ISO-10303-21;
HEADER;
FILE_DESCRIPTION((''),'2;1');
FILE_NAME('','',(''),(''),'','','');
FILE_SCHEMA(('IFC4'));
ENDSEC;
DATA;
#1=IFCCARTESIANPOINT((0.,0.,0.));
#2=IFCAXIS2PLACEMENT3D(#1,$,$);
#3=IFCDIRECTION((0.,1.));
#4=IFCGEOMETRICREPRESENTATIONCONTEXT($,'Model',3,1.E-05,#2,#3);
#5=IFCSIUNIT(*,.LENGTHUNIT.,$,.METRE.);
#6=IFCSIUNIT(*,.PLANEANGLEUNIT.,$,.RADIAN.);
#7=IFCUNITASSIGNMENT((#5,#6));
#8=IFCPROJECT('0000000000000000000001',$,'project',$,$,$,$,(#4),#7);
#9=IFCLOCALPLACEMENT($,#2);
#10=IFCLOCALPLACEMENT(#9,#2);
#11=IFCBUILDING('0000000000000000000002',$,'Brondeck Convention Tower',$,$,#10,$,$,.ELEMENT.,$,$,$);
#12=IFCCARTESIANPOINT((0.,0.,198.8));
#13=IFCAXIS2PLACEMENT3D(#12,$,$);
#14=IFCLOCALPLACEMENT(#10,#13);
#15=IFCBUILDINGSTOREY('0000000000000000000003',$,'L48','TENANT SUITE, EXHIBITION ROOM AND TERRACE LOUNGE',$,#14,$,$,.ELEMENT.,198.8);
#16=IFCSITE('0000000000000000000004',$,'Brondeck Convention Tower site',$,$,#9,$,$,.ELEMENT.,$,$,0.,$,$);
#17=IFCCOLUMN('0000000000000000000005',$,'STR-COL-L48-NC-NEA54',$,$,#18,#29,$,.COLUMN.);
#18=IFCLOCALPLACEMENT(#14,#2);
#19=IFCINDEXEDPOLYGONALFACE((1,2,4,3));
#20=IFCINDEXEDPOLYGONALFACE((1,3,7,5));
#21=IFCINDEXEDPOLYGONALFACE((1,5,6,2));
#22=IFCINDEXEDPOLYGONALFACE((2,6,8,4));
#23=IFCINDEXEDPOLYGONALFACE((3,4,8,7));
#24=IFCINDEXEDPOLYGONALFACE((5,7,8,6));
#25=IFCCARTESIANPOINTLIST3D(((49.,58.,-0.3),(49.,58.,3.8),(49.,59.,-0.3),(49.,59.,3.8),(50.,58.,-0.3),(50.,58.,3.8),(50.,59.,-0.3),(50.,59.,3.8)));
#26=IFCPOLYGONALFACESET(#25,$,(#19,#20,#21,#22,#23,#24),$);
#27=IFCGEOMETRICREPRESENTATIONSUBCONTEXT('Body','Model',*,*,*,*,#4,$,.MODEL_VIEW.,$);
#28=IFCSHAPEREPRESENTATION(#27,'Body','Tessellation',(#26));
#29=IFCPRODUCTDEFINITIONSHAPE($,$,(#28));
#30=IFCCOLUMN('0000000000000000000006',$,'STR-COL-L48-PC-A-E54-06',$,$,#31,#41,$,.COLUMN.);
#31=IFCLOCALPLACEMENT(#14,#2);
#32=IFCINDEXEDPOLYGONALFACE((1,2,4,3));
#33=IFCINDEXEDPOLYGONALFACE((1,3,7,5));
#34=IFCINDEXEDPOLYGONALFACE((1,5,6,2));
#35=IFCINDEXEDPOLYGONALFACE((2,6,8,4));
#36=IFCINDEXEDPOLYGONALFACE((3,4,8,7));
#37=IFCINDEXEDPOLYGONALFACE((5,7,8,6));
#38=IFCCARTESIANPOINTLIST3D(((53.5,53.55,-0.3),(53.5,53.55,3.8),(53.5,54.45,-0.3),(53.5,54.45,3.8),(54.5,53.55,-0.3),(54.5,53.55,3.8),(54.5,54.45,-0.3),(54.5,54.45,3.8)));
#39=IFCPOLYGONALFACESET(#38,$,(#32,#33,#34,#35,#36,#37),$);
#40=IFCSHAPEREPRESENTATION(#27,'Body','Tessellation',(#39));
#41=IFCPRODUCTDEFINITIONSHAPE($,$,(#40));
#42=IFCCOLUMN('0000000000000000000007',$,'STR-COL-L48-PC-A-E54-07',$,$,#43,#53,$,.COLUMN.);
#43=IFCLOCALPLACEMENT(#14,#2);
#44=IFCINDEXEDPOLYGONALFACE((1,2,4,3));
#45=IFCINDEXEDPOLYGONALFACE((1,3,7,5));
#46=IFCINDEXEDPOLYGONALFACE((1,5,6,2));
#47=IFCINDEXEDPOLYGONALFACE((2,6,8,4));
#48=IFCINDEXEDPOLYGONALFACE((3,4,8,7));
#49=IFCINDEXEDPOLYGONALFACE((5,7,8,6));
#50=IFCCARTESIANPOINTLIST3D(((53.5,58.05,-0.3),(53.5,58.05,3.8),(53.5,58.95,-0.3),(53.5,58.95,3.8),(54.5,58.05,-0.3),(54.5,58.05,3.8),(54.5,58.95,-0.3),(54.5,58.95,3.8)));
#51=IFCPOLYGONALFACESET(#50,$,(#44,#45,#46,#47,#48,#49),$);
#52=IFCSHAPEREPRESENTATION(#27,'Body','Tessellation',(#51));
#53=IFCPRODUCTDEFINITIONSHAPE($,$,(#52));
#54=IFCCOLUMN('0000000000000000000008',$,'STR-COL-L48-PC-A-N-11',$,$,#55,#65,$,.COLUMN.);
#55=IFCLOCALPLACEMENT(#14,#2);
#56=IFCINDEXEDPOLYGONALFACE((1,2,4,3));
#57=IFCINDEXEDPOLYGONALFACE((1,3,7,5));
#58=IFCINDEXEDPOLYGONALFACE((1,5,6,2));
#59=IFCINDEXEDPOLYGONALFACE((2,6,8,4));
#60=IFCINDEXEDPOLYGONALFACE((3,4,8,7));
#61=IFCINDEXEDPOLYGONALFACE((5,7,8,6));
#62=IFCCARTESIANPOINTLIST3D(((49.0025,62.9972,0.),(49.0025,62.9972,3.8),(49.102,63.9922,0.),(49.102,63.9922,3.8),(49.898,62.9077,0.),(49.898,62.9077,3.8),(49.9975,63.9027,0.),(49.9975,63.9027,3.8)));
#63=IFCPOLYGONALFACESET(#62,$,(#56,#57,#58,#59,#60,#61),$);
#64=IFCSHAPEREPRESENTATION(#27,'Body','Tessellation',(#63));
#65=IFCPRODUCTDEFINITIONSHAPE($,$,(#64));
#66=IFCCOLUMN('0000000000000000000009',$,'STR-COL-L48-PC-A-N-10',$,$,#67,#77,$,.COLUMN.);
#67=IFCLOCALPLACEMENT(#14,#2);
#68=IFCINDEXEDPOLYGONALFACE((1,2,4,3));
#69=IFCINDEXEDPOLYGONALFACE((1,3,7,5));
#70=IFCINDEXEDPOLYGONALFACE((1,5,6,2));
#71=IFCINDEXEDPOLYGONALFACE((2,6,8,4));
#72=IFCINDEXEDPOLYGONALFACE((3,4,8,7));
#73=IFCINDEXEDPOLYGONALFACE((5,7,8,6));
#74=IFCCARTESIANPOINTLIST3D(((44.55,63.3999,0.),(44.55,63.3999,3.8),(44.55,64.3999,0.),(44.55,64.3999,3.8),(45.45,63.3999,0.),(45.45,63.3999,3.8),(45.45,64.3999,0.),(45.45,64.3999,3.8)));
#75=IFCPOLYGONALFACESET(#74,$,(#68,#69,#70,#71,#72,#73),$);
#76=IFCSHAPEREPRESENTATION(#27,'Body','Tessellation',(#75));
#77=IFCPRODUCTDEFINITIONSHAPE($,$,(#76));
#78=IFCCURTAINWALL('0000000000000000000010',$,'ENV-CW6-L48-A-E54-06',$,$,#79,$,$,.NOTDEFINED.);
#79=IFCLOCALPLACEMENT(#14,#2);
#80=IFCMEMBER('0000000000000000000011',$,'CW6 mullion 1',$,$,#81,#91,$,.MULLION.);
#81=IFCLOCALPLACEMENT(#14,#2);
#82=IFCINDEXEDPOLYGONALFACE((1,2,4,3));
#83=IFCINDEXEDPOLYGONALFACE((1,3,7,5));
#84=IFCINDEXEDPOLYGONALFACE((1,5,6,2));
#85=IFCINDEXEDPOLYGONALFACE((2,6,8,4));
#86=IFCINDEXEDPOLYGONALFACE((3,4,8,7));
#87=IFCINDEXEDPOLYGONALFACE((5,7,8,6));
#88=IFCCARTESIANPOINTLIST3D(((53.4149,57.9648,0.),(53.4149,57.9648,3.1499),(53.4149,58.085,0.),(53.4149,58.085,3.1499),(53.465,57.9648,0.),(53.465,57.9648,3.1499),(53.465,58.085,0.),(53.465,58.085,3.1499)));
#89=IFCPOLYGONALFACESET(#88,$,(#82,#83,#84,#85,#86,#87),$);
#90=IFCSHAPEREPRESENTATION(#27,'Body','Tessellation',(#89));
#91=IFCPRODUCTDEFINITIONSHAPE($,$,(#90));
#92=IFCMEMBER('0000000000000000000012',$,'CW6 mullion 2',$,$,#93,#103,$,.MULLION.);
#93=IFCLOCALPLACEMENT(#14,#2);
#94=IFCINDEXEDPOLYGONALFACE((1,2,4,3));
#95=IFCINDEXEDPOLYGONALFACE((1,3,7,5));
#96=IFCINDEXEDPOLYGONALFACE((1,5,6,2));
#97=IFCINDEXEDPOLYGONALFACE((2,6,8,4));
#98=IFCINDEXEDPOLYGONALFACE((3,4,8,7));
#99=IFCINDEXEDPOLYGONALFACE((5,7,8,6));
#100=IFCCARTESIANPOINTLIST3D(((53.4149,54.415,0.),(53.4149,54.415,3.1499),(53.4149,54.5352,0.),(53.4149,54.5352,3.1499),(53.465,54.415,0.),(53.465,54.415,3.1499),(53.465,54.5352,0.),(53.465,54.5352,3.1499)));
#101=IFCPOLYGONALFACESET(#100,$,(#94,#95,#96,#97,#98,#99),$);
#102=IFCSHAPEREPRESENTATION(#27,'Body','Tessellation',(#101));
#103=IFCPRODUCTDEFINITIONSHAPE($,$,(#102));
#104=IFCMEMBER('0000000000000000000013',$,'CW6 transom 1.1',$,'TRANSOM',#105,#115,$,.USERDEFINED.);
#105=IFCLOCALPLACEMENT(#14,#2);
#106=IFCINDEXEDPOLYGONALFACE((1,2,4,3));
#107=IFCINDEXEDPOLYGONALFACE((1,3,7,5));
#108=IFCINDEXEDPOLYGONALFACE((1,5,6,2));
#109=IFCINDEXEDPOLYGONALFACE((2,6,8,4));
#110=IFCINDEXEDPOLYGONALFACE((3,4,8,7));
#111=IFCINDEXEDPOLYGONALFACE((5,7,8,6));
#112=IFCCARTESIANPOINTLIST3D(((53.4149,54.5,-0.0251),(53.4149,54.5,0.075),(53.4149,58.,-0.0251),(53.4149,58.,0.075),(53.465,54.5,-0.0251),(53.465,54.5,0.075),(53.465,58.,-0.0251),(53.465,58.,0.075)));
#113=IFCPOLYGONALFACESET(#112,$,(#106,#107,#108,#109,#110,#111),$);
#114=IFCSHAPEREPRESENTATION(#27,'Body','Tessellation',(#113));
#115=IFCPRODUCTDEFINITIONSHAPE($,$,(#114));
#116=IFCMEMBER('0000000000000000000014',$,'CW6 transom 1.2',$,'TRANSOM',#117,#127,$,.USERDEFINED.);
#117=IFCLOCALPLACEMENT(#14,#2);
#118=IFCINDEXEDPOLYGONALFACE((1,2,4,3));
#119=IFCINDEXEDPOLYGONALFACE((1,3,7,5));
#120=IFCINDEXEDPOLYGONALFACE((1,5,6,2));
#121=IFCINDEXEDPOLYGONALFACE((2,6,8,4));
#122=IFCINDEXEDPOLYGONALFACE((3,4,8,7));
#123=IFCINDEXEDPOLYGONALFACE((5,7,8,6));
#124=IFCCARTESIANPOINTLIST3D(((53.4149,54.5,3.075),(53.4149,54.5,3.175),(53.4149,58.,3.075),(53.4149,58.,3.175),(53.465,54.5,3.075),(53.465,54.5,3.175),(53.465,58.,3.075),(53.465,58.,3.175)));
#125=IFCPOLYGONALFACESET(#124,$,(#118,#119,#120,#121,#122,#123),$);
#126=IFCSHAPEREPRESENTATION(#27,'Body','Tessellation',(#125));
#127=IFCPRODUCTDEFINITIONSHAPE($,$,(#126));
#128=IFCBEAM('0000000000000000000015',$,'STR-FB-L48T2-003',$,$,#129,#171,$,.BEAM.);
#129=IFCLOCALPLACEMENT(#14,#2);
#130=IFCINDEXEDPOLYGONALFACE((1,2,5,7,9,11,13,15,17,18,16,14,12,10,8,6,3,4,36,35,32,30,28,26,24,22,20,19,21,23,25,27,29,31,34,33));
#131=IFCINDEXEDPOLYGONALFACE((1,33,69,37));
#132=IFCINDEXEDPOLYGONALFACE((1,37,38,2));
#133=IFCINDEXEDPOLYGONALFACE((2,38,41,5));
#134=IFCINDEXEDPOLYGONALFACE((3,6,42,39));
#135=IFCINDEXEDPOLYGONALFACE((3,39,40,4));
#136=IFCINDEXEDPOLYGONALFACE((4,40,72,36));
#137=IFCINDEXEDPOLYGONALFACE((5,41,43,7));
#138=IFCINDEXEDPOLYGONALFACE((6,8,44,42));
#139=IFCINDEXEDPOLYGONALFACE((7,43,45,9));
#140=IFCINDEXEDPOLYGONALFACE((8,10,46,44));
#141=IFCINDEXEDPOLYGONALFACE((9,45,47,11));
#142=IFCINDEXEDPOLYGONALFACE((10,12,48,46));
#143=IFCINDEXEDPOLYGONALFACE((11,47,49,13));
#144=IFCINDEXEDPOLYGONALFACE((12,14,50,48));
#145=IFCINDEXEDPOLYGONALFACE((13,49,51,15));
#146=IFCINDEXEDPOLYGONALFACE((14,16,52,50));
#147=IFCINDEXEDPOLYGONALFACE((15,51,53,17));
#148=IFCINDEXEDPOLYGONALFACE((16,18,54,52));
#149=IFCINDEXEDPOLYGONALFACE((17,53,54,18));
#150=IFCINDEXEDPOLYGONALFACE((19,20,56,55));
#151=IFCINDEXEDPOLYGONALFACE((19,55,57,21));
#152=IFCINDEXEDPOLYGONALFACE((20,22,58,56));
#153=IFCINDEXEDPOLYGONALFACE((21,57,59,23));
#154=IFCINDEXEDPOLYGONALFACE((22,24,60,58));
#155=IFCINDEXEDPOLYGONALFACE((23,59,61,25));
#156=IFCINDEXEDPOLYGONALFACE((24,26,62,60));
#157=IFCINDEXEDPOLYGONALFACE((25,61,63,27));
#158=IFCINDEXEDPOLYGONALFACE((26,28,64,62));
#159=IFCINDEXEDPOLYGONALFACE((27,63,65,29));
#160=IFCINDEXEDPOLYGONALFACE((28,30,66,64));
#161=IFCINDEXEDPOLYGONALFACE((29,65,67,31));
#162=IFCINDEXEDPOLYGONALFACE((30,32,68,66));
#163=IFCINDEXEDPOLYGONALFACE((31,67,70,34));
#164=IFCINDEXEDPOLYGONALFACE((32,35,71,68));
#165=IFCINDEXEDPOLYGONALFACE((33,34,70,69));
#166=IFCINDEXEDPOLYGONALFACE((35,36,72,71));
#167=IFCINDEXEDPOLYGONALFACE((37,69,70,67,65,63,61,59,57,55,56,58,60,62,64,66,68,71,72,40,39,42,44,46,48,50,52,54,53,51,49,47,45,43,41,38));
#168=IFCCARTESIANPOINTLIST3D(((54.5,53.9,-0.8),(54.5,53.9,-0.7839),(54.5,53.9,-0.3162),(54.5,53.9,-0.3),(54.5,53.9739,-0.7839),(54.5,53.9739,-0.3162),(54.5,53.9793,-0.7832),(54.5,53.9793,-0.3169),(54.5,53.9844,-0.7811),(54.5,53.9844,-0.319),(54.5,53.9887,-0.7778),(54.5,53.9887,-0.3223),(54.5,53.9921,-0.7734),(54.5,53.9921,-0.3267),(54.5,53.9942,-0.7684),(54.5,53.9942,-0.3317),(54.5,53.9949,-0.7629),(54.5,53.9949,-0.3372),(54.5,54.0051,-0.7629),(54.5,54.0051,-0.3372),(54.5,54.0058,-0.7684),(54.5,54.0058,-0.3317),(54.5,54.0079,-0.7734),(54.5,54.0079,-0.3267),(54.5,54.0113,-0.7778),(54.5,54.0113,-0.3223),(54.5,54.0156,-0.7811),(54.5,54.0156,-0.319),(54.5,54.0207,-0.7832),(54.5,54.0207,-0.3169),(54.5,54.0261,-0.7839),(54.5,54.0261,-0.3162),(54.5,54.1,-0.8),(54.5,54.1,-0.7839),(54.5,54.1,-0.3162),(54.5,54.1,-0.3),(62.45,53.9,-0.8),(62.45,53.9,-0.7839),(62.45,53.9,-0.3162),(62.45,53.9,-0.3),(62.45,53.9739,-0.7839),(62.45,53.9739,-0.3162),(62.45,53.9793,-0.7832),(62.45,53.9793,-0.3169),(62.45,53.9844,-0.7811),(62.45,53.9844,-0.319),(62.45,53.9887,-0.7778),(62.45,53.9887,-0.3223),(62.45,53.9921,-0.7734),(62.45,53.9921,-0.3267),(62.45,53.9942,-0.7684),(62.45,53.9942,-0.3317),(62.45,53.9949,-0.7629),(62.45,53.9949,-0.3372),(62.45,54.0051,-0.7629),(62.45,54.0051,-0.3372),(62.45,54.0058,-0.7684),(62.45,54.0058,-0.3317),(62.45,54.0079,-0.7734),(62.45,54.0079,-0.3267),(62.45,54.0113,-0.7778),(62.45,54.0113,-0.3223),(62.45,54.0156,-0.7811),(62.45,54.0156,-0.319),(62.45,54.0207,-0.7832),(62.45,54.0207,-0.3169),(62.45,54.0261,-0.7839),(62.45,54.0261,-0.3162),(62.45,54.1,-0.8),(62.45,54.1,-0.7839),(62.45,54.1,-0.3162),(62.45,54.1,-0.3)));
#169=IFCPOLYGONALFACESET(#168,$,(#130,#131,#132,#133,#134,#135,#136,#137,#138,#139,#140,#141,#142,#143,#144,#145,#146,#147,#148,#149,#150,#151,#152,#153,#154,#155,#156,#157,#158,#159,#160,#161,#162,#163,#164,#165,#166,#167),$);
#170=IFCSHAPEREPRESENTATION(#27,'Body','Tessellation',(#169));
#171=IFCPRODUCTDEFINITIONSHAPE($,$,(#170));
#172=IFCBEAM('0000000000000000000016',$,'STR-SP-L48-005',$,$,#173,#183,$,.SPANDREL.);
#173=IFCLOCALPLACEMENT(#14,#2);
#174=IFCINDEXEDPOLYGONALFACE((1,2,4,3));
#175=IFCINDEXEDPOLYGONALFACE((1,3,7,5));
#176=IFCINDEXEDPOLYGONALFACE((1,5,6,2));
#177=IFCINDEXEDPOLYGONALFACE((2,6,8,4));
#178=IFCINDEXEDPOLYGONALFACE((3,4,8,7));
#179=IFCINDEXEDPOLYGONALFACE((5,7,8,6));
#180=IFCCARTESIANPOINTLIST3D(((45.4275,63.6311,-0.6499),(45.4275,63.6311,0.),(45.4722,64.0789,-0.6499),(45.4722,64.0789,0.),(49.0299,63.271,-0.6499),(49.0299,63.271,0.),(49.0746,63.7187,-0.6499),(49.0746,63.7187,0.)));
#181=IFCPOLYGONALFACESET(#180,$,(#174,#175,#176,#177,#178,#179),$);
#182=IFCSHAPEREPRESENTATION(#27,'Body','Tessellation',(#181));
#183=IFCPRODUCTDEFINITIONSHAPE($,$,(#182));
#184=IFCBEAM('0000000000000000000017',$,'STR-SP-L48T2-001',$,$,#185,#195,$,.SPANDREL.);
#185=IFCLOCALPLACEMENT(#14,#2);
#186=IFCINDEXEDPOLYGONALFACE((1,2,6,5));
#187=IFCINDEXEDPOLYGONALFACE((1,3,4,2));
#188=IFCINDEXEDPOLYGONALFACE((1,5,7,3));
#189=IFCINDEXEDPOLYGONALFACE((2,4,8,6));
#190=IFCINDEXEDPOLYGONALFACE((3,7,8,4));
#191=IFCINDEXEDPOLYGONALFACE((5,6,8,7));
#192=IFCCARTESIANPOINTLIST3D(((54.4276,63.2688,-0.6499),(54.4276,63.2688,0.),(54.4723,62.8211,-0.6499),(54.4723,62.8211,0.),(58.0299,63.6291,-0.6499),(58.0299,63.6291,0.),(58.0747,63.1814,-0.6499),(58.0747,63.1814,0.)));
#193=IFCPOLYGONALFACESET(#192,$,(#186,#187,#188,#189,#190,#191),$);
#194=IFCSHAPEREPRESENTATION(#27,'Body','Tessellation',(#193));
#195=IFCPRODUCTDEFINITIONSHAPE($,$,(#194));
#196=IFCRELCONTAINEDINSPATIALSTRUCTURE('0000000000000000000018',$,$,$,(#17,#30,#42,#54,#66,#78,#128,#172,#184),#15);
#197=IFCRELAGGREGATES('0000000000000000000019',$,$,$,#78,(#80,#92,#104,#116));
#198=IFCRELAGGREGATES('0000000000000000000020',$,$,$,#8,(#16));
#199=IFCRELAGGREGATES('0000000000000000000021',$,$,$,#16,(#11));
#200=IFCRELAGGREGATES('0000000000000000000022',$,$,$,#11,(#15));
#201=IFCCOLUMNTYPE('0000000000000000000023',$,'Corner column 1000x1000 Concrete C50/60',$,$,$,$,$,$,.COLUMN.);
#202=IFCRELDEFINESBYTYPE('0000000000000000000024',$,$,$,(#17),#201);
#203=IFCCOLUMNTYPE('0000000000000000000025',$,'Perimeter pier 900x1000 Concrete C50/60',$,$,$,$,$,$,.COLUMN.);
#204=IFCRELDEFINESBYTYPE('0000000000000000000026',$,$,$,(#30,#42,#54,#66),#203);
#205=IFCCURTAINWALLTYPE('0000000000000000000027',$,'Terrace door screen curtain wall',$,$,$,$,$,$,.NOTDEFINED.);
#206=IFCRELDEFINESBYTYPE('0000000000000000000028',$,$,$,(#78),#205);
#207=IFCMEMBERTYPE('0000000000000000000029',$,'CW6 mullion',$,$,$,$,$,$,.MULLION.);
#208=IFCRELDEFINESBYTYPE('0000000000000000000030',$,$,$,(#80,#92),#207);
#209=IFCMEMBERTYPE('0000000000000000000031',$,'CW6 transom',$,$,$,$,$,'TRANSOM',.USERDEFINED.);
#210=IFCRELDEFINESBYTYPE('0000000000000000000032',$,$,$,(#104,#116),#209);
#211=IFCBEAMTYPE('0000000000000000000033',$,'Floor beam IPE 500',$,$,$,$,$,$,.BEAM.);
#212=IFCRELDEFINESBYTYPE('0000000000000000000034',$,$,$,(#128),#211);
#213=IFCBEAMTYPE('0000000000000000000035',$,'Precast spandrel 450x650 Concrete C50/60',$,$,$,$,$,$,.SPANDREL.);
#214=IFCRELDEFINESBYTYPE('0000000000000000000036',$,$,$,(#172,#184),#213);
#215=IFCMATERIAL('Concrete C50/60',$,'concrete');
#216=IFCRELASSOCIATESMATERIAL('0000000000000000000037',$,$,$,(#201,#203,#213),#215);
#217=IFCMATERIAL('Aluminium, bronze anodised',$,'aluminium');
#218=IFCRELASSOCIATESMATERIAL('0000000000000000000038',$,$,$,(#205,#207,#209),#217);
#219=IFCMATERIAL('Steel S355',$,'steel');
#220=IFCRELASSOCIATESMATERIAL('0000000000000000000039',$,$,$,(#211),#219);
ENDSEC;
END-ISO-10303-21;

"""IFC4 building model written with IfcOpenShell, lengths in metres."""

from ifc_helpers import new_model, si_unit, direction, frame, origin, origin_2d, place, context, subcontext, project, spatial, rectangle, i_section, extrude, material, material_profile, profile_set, type_object, element, aggregate, save


model = new_model("IFC4")

# Units and contexts
model_context = context("Model", 3, precision=1e-05, world=origin(), true_north=direction((0.0, 1.0)))
body_context = subcontext(model_context, "Body", "Model", "MODEL_VIEW")
ifc_project = project(units=[si_unit("LENGTHUNIT", "METRE"), si_unit("PLANEANGLEUNIT", "RADIAN")], contexts=[model_context])

# Site, building, storey
site_placement = place(None, origin())
site = spatial("IfcSite", under=ifc_project, at=site_placement, Name="Brondeck Convention Tower site", CompositionType="ELEMENT", RefElevation=0.0)
building_placement = place(site_placement, origin())
building = spatial("IfcBuilding", under=site, at=building_placement, Name="Brondeck Convention Tower", CompositionType="ELEMENT")
storey_placement = place(building_placement, frame((0.0, 0.0, 198.8)))
storey = spatial("IfcBuildingStorey", under=building, at=storey_placement, Name="L48", Description="TENANT SUITE, EXHIBITION ROOM AND TERRACE LOUNGE", CompositionType="ELEMENT", Elevation=198.8)

# Columns
ifc_material_1 = material(Name="Concrete C50/60", Category="concrete")
ifc_material_profile_1 = material_profile(ifc_material_1, rectangle(XDim=1.0, YDim=1.0, at=origin_2d()), Name="Corner column 1000x1000 Concrete C50/60")
ifc_profile_set_1 = profile_set([ifc_material_profile_1], Name="Concrete C50/60")
column_type_1 = type_object("IfcColumnType", Name="Corner column 1000x1000 Concrete C50/60", PredefinedType="COLUMN", material=ifc_profile_set_1)
column_placement = place(storey_placement, frame((49.5, 58.5, -0.3), z_axis=(0.0, 0.0, 1.0), x_axis=(1.0, 0.0, 0.0)))
element("IfcColumn", 1, at=column_placement, inside=storey, type_object=column_type_1, Name="STR-COL-L48-NC-NEA54", PredefinedType="COLUMN", context=body_context, shape_type="SweptSolid", body=[
    extrude(rectangle(XDim=1.0, YDim=1.0, at=origin_2d()), origin(), (0.0, 0.0, 1.0), 4.1001),
])
ifc_material_profile_2 = material_profile(ifc_material_1, rectangle(XDim=0.8999, YDim=1.0, at=origin_2d()), Name="Perimeter pier 900x1000 Concrete C50/60")
ifc_profile_set_2 = profile_set([ifc_material_profile_2], Name="Concrete C50/60")
column_type_2 = type_object("IfcColumnType", Name="Perimeter pier 900x1000 Concrete C50/60", PredefinedType="COLUMN", material=ifc_profile_set_2)
for number, where, z_axis, x_axis, name in (
    (2, (54.0, 54.0, -0.3), (0.0, 0.0, 1.0), (0.0, 1.0, 0.0), "STR-COL-L48-PC-A-E54-06"),
    (3, (54.0, 58.5, -0.3), (0.0, 0.0, 1.0), (0.0, 1.0, 0.0), "STR-COL-L48-PC-A-E54-07"),
):
    element("IfcColumn", number, at=place(storey_placement, frame(where, z_axis=z_axis, x_axis=x_axis)), inside=storey, type_object=column_type_2, Name=name, PredefinedType="COLUMN", context=body_context, shape_type="SweptSolid", body=[
        extrude(rectangle(XDim=0.8999, YDim=1.0, at=origin_2d()), origin(), (0.0, 0.0, 1.0), 4.1001),
    ])
for number, where, z_axis, x_axis, name in (
    (4, (49.5, 63.45, 0.0), (0.0, 0.0, 1.0), (-0.995037, 0.099504, 0.0), "STR-COL-L48-PC-A-N-11"),
    (5, (45.0, 63.8999, 0.0), (0.0, 0.0, 1.0), (-1.0, 0.0, 0.0), "STR-COL-L48-PC-A-N-10"),
):
    element("IfcColumn", number, at=place(storey_placement, frame(where, z_axis=z_axis, x_axis=x_axis)), inside=storey, type_object=column_type_2, Name=name, PredefinedType="COLUMN", context=body_context, shape_type="SweptSolid", body=[
        extrude(rectangle(XDim=0.8999, YDim=1.0, at=origin_2d()), origin(), (0.0, 0.0, 1.0), 3.8),
    ])

# Curtain wall, members
ifc_material_2 = material(Name="Aluminium, bronze anodised", Category="aluminium")
curtain_wall_type = type_object("IfcCurtainWallType", Name="Terrace door screen curtain wall", PredefinedType="NOTDEFINED", material=ifc_material_2)
curtain_wall_placement = place(storey_placement, origin())
curtain_wall = element("IfcCurtainWall", 6, at=curtain_wall_placement, inside=storey, type_object=curtain_wall_type, Name="ENV-CW6-L48-A-E54-06", PredefinedType="NOTDEFINED")
ifc_material_profile_3 = material_profile(ifc_material_2, rectangle(XDim=0.05, YDim=0.1201, at=origin_2d()), Name="CW6 mullion")
ifc_profile_set_3 = profile_set([ifc_material_profile_3], Name="Aluminium, bronze anodised")
member_type_1 = type_object("IfcMemberType", Name="CW6 mullion", PredefinedType="MULLION", material=ifc_profile_set_3)
member_1_placement = place(storey_placement, frame((53.4399, 58.0249, 0.0), z_axis=(0.0, 0.0, 1.0), x_axis=(1.0, 0.0, 0.0)))
member_1 = element("IfcMember", 7, at=member_1_placement, type_object=member_type_1, Name="CW6 mullion 1", PredefinedType="MULLION", context=body_context, shape_type="SweptSolid", body=[
    extrude(rectangle(XDim=0.05, YDim=0.1201, at=origin_2d()), origin(), (0.0, 0.0, 1.0), 3.1499),
])
member_2_placement = place(storey_placement, frame((53.4399, 54.4751, 0.0), z_axis=(0.0, 0.0, 1.0), x_axis=(1.0, 0.0, 0.0)))
member_2 = element("IfcMember", 8, at=member_2_placement, type_object=member_type_1, Name="CW6 mullion 2", PredefinedType="MULLION", context=body_context, shape_type="SweptSolid", body=[
    extrude(rectangle(XDim=0.05, YDim=0.1201, at=origin_2d()), origin(), (0.0, 0.0, 1.0), 3.1499),
])
ifc_material_profile_4 = material_profile(ifc_material_2, rectangle(XDim=0.05, YDim=0.1001, at=origin_2d()), Name="CW6 transom")
ifc_profile_set_4 = profile_set([ifc_material_profile_4], Name="Aluminium, bronze anodised")
member_type_2 = type_object("IfcMemberType", Name="CW6 transom", ElementType="TRANSOM", PredefinedType="USERDEFINED", material=ifc_profile_set_4)
member_3_placement = place(storey_placement, frame((53.4399, 58.0, 0.0249), z_axis=(0.0, -1.0, 0.0), x_axis=(1.0, 0.0, 0.0)))
member_3 = element("IfcMember", 9, at=member_3_placement, type_object=member_type_2, Name="CW6 transom 1.1", ObjectType="TRANSOM", PredefinedType="USERDEFINED", context=body_context, shape_type="SweptSolid", body=[
    extrude(rectangle(XDim=0.05, YDim=0.1001, at=origin_2d()), origin(), (0.0, 0.0, 1.0), 3.5),
])
member_4_placement = place(storey_placement, frame((53.4399, 58.0, 3.125), z_axis=(0.0, -1.0, 0.0), x_axis=(1.0, 0.0, 0.0)))
member_4 = element("IfcMember", 10, at=member_4_placement, type_object=member_type_2, Name="CW6 transom 1.2", ObjectType="TRANSOM", PredefinedType="USERDEFINED", context=body_context, shape_type="SweptSolid", body=[
    extrude(rectangle(XDim=0.05, YDim=0.1001, at=origin_2d()), origin(), (0.0, 0.0, 1.0), 3.5),
])

# Beams
ifc_material_3 = material(Name="Steel S355", Category="steel")
ifc_material_profile_5 = material_profile(ifc_material_3, i_section(OverallWidth=0.2, OverallDepth=0.5, WebThickness=0.0103, FlangeThickness=0.0161, FilletRadius=0.021, at=origin_2d()), Name="IPE 500")
ifc_profile_set_5 = profile_set([ifc_material_profile_5], Name="Steel S355")
beam_type_1 = type_object("IfcBeamType", Name="Floor beam IPE 500", PredefinedType="BEAM", material=ifc_profile_set_5)
beam_1_placement = place(storey_placement, frame((54.5, 54.0, -0.55), z_axis=(1.0, 0.0, 0.0), x_axis=(0.0, 1.0, 0.0)))
element("IfcBeam", 11, at=beam_1_placement, inside=storey, type_object=beam_type_1, Name="STR-FB-L48T2-003", PredefinedType="BEAM", context=body_context, shape_type="SweptSolid", body=[
    extrude(i_section(OverallWidth=0.2, OverallDepth=0.5, WebThickness=0.0103, FlangeThickness=0.0161, FilletRadius=0.021, at=origin_2d()), origin(), (0.0, 0.0, 1.0), 7.95),
])
ifc_material_profile_6 = material_profile(ifc_material_1, rectangle(XDim=0.45, YDim=0.6499, at=origin_2d()), Name="Precast spandrel 450x650 Concrete C50/60")
ifc_profile_set_6 = profile_set([ifc_material_profile_6], Name="Concrete C50/60")
beam_type_2 = type_object("IfcBeamType", Name="Precast spandrel 450x650 Concrete C50/60", PredefinedType="SPANDREL", material=ifc_profile_set_6)
for number, where, z_axis, x_axis, name in (
    (12, (49.0522, 63.4949, -0.325), (-0.995041, 0.09947, 0.0), (-0.09947, -0.995041, 0.0), "STR-SP-L48-005"),
    (13, (54.45, 63.0449, -0.325), (0.995034, 0.099537, 0.0), (-0.099537, 0.995034, 0.0), "STR-SP-L48T2-001"),
):
    element("IfcBeam", number, at=place(storey_placement, frame(where, z_axis=z_axis, x_axis=x_axis)), inside=storey, type_object=beam_type_2, Name=name, PredefinedType="SPANDREL", context=body_context, shape_type="SweptSolid", body=[
        extrude(rectangle(XDim=0.45, YDim=0.6499, at=origin_2d()), origin(), (0.0, 0.0, 1.0), 3.6204),
    ])

aggregate(curtain_wall, [member_1, member_2, member_3, member_4])

save(model, "model.ifc")
